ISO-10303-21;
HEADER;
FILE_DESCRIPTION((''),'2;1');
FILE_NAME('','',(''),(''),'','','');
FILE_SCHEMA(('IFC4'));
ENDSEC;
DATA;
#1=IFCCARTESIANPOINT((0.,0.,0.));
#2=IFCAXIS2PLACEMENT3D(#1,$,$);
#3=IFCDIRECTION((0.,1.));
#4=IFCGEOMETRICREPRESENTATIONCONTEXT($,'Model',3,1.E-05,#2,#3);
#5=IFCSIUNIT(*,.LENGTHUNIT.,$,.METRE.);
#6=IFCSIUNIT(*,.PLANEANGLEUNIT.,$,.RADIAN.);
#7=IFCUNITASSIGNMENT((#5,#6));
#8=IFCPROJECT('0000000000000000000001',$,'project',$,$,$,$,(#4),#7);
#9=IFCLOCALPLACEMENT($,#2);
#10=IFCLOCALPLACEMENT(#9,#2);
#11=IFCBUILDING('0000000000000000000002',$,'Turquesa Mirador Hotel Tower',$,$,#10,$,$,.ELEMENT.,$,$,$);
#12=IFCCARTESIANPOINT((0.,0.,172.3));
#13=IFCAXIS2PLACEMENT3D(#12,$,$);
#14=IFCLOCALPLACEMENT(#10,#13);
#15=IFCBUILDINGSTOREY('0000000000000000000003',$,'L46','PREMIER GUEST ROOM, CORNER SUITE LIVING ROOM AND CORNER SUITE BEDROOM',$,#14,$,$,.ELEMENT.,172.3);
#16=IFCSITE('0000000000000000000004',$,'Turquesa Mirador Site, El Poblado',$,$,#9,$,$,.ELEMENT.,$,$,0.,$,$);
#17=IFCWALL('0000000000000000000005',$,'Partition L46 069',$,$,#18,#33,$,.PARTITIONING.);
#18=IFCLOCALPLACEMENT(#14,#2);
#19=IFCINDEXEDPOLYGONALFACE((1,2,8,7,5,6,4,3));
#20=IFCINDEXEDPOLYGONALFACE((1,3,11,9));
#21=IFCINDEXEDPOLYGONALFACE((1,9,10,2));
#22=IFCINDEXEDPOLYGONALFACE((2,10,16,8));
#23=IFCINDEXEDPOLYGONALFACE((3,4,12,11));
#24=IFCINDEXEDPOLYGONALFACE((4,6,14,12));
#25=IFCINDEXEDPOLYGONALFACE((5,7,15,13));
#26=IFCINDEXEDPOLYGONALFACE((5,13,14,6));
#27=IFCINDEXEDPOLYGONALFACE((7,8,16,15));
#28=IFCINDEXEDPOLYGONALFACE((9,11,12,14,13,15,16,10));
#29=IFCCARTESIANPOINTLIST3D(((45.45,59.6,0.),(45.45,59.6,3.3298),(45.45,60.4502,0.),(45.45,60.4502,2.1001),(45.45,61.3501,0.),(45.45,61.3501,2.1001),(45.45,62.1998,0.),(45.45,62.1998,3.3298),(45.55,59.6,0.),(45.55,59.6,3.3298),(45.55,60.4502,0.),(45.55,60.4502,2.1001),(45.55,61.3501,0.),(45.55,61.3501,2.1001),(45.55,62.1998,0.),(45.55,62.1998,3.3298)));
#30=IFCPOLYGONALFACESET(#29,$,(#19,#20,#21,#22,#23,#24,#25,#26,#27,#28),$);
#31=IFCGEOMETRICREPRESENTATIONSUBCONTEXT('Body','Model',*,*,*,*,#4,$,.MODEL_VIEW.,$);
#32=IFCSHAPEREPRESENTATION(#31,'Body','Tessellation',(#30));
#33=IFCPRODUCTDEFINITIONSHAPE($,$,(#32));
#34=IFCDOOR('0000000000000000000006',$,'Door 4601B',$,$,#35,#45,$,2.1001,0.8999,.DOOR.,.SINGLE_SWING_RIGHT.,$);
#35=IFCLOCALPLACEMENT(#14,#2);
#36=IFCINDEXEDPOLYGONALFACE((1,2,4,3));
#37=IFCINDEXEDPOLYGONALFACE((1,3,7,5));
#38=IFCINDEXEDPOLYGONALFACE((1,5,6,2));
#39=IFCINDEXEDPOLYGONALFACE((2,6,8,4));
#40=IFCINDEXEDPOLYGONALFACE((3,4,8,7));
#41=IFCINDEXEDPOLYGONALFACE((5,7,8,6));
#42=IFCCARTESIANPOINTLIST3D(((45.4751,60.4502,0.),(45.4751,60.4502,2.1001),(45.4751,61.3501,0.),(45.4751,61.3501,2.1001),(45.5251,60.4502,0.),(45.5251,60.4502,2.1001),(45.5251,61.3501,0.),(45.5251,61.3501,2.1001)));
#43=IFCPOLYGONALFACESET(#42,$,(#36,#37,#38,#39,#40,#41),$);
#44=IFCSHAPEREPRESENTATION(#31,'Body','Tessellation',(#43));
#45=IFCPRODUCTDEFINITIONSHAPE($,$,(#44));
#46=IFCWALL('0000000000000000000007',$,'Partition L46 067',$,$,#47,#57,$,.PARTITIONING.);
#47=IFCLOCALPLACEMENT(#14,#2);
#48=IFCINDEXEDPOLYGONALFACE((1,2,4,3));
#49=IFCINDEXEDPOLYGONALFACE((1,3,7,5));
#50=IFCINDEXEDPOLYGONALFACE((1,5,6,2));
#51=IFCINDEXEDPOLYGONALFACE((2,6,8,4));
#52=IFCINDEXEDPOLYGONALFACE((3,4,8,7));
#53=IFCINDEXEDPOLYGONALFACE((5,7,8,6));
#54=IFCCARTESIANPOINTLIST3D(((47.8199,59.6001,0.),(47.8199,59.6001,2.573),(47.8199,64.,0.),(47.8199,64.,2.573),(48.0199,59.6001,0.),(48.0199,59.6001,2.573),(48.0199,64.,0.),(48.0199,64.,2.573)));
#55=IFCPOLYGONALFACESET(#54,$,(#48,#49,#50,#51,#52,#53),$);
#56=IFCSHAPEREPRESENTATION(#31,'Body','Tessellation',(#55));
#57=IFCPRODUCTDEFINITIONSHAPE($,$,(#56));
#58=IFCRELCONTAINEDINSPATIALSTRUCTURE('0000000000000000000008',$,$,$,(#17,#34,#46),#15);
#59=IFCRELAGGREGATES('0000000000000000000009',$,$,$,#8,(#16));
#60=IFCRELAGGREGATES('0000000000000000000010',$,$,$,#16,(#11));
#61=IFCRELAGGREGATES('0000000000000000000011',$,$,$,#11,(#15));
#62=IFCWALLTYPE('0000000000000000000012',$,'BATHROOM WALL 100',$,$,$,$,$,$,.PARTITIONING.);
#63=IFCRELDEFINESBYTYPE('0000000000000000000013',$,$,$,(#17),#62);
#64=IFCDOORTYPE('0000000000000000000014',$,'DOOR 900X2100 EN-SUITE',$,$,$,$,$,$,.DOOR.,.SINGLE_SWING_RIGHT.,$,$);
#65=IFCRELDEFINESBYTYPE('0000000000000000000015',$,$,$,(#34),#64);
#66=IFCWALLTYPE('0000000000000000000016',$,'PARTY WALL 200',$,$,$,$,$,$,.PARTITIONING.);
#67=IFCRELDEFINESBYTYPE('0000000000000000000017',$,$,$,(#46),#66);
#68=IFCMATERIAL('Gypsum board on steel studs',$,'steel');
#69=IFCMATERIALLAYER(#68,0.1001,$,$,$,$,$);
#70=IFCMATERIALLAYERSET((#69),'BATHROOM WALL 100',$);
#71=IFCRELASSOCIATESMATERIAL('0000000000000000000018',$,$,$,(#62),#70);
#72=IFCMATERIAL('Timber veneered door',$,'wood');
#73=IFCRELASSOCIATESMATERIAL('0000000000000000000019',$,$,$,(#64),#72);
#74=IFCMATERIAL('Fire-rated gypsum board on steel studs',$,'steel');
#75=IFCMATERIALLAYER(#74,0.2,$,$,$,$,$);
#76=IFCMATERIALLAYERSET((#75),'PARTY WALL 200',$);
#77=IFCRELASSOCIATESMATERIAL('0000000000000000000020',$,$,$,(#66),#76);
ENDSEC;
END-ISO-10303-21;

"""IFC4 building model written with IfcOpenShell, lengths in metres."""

from ifc_helpers import new_model, si_unit, direction, frame, frame_2d, origin, place, context, subcontext, project, spatial, rectangle, extrude, material, layer, layer_set, type_object, element, fill, save


model = new_model("IFC4")

# Units and contexts
model_context = context("Model", 3, precision=1e-05, world=origin(), true_north=direction((0.0, 1.0)))
body_context = subcontext(model_context, "Body", "Model", "MODEL_VIEW")
ifc_project = project(units=[si_unit("LENGTHUNIT", "METRE"), si_unit("PLANEANGLEUNIT", "RADIAN")], contexts=[model_context])

# Site, building, storey
site_placement = place(None, origin())
site = spatial("IfcSite", under=ifc_project, at=site_placement, Name="Turquesa Mirador Site, El Poblado", CompositionType="ELEMENT", RefElevation=0.0)
building_placement = place(site_placement, origin())
building = spatial("IfcBuilding", under=site, at=building_placement, Name="Turquesa Mirador Hotel Tower", CompositionType="ELEMENT")
storey_placement = place(building_placement, frame((0.0, 0.0, 172.3)))
storey = spatial("IfcBuildingStorey", under=building, at=storey_placement, Name="L46", Description="PREMIER GUEST ROOM, CORNER SUITE LIVING ROOM AND CORNER SUITE BEDROOM", CompositionType="ELEMENT", Elevation=172.3)

# Shared definitions
ifc_material_1 = material(Name="Gypsum board on steel studs", Category="steel")
ifc_layer_1 = layer(ifc_material_1, 0.1001)
ifc_layer_set_1 = layer_set([ifc_layer_1], Name="BATHROOM WALL 100")
wall_type_1 = type_object("IfcWallType", Name="BATHROOM WALL 100", PredefinedType="PARTITIONING", material=ifc_layer_set_1)

# Wall, opening, door
ifc_material_2 = material(Name="Timber veneered door", Category="wood")
door_type_1 = type_object("IfcDoorType", Name="DOOR 900X2100 EN-SUITE", OperationType="SINGLE_SWING_RIGHT", PredefinedType="DOOR", material=ifc_material_2)
wall_1_placement = place(storey_placement, frame((45.5, 59.6001, 0.0), z_axis=(0.0, 0.0, 1.0), x_axis=(0.0, 1.0, 0.0)))
wall_1 = element("IfcWall", 1, at=wall_1_placement, inside=storey, type_object=wall_type_1, Name="Partition L46 069", PredefinedType="PARTITIONING", context=body_context, shape_type="SweptSolid", body=[
    extrude(rectangle(XDim=2.5999, YDim=0.1001, at=frame_2d((1.2998, 0.0))), origin(), (0.0, 0.0, 1.0), 3.3298),
])
opening_1_placement = place(wall_1_placement, frame((0.8501, 0.0, 0.0)))
opening_1 = element("IfcOpeningElement", 2, at=opening_1_placement, cuts=wall_1, PredefinedType="OPENING", context=body_context, shape_type="SweptSolid", body=[
    extrude(rectangle(XDim=0.8999, YDim=2.1001, at=frame_2d((0.45, 1.05))), frame((0.0, 0.0601, 0.0), z_axis=(0.0, -1.0, 0.0), x_axis=(1.0, 0.0, 0.0)), (0.0, 0.0, 1.0), 0.1201),
])
door_1_placement = place(opening_1_placement, origin())
door_1 = element("IfcDoor", 3, at=door_1_placement, inside=storey, type_object=door_type_1, Name="Door 4601B", OperationType="SINGLE_SWING_RIGHT", OverallHeight=2.1001, OverallWidth=0.8999, PredefinedType="DOOR", context=body_context, shape_type="SweptSolid", body=[
    extrude(rectangle(XDim=0.8999, YDim=2.1001, at=frame_2d((0.45, 1.05))), frame((0.0, 0.0249, 0.0), z_axis=(0.0, -1.0, 0.0), x_axis=(1.0, 0.0, 0.0)), (0.0, 0.0, 1.0), 0.05),
])
fill(opening_1, door_1)

# Wall
ifc_material_3 = material(Name="Fire-rated gypsum board on steel studs", Category="steel")
ifc_layer_2 = layer(ifc_material_3, 0.2)
ifc_layer_set_2 = layer_set([ifc_layer_2], Name="PARTY WALL 200")
wall_type_2 = type_object("IfcWallType", Name="PARTY WALL 200", PredefinedType="PARTITIONING", material=ifc_layer_set_2)
wall_2_placement = place(storey_placement, frame((47.9199, 59.6001, 0.0), z_axis=(0.0, 0.0, 1.0), x_axis=(0.0, 1.0, 0.0)))
element("IfcWall", 4, at=wall_2_placement, inside=storey, type_object=wall_type_2, Name="Partition L46 067", PredefinedType="PARTITIONING", context=body_context, shape_type="SweptSolid", body=[
    extrude(rectangle(XDim=4.3999, YDim=0.2, at=frame_2d((2.2, 0.0))), origin(), (0.0, 0.0, 1.0), 2.573),
])

save(model, "model.ifc")
